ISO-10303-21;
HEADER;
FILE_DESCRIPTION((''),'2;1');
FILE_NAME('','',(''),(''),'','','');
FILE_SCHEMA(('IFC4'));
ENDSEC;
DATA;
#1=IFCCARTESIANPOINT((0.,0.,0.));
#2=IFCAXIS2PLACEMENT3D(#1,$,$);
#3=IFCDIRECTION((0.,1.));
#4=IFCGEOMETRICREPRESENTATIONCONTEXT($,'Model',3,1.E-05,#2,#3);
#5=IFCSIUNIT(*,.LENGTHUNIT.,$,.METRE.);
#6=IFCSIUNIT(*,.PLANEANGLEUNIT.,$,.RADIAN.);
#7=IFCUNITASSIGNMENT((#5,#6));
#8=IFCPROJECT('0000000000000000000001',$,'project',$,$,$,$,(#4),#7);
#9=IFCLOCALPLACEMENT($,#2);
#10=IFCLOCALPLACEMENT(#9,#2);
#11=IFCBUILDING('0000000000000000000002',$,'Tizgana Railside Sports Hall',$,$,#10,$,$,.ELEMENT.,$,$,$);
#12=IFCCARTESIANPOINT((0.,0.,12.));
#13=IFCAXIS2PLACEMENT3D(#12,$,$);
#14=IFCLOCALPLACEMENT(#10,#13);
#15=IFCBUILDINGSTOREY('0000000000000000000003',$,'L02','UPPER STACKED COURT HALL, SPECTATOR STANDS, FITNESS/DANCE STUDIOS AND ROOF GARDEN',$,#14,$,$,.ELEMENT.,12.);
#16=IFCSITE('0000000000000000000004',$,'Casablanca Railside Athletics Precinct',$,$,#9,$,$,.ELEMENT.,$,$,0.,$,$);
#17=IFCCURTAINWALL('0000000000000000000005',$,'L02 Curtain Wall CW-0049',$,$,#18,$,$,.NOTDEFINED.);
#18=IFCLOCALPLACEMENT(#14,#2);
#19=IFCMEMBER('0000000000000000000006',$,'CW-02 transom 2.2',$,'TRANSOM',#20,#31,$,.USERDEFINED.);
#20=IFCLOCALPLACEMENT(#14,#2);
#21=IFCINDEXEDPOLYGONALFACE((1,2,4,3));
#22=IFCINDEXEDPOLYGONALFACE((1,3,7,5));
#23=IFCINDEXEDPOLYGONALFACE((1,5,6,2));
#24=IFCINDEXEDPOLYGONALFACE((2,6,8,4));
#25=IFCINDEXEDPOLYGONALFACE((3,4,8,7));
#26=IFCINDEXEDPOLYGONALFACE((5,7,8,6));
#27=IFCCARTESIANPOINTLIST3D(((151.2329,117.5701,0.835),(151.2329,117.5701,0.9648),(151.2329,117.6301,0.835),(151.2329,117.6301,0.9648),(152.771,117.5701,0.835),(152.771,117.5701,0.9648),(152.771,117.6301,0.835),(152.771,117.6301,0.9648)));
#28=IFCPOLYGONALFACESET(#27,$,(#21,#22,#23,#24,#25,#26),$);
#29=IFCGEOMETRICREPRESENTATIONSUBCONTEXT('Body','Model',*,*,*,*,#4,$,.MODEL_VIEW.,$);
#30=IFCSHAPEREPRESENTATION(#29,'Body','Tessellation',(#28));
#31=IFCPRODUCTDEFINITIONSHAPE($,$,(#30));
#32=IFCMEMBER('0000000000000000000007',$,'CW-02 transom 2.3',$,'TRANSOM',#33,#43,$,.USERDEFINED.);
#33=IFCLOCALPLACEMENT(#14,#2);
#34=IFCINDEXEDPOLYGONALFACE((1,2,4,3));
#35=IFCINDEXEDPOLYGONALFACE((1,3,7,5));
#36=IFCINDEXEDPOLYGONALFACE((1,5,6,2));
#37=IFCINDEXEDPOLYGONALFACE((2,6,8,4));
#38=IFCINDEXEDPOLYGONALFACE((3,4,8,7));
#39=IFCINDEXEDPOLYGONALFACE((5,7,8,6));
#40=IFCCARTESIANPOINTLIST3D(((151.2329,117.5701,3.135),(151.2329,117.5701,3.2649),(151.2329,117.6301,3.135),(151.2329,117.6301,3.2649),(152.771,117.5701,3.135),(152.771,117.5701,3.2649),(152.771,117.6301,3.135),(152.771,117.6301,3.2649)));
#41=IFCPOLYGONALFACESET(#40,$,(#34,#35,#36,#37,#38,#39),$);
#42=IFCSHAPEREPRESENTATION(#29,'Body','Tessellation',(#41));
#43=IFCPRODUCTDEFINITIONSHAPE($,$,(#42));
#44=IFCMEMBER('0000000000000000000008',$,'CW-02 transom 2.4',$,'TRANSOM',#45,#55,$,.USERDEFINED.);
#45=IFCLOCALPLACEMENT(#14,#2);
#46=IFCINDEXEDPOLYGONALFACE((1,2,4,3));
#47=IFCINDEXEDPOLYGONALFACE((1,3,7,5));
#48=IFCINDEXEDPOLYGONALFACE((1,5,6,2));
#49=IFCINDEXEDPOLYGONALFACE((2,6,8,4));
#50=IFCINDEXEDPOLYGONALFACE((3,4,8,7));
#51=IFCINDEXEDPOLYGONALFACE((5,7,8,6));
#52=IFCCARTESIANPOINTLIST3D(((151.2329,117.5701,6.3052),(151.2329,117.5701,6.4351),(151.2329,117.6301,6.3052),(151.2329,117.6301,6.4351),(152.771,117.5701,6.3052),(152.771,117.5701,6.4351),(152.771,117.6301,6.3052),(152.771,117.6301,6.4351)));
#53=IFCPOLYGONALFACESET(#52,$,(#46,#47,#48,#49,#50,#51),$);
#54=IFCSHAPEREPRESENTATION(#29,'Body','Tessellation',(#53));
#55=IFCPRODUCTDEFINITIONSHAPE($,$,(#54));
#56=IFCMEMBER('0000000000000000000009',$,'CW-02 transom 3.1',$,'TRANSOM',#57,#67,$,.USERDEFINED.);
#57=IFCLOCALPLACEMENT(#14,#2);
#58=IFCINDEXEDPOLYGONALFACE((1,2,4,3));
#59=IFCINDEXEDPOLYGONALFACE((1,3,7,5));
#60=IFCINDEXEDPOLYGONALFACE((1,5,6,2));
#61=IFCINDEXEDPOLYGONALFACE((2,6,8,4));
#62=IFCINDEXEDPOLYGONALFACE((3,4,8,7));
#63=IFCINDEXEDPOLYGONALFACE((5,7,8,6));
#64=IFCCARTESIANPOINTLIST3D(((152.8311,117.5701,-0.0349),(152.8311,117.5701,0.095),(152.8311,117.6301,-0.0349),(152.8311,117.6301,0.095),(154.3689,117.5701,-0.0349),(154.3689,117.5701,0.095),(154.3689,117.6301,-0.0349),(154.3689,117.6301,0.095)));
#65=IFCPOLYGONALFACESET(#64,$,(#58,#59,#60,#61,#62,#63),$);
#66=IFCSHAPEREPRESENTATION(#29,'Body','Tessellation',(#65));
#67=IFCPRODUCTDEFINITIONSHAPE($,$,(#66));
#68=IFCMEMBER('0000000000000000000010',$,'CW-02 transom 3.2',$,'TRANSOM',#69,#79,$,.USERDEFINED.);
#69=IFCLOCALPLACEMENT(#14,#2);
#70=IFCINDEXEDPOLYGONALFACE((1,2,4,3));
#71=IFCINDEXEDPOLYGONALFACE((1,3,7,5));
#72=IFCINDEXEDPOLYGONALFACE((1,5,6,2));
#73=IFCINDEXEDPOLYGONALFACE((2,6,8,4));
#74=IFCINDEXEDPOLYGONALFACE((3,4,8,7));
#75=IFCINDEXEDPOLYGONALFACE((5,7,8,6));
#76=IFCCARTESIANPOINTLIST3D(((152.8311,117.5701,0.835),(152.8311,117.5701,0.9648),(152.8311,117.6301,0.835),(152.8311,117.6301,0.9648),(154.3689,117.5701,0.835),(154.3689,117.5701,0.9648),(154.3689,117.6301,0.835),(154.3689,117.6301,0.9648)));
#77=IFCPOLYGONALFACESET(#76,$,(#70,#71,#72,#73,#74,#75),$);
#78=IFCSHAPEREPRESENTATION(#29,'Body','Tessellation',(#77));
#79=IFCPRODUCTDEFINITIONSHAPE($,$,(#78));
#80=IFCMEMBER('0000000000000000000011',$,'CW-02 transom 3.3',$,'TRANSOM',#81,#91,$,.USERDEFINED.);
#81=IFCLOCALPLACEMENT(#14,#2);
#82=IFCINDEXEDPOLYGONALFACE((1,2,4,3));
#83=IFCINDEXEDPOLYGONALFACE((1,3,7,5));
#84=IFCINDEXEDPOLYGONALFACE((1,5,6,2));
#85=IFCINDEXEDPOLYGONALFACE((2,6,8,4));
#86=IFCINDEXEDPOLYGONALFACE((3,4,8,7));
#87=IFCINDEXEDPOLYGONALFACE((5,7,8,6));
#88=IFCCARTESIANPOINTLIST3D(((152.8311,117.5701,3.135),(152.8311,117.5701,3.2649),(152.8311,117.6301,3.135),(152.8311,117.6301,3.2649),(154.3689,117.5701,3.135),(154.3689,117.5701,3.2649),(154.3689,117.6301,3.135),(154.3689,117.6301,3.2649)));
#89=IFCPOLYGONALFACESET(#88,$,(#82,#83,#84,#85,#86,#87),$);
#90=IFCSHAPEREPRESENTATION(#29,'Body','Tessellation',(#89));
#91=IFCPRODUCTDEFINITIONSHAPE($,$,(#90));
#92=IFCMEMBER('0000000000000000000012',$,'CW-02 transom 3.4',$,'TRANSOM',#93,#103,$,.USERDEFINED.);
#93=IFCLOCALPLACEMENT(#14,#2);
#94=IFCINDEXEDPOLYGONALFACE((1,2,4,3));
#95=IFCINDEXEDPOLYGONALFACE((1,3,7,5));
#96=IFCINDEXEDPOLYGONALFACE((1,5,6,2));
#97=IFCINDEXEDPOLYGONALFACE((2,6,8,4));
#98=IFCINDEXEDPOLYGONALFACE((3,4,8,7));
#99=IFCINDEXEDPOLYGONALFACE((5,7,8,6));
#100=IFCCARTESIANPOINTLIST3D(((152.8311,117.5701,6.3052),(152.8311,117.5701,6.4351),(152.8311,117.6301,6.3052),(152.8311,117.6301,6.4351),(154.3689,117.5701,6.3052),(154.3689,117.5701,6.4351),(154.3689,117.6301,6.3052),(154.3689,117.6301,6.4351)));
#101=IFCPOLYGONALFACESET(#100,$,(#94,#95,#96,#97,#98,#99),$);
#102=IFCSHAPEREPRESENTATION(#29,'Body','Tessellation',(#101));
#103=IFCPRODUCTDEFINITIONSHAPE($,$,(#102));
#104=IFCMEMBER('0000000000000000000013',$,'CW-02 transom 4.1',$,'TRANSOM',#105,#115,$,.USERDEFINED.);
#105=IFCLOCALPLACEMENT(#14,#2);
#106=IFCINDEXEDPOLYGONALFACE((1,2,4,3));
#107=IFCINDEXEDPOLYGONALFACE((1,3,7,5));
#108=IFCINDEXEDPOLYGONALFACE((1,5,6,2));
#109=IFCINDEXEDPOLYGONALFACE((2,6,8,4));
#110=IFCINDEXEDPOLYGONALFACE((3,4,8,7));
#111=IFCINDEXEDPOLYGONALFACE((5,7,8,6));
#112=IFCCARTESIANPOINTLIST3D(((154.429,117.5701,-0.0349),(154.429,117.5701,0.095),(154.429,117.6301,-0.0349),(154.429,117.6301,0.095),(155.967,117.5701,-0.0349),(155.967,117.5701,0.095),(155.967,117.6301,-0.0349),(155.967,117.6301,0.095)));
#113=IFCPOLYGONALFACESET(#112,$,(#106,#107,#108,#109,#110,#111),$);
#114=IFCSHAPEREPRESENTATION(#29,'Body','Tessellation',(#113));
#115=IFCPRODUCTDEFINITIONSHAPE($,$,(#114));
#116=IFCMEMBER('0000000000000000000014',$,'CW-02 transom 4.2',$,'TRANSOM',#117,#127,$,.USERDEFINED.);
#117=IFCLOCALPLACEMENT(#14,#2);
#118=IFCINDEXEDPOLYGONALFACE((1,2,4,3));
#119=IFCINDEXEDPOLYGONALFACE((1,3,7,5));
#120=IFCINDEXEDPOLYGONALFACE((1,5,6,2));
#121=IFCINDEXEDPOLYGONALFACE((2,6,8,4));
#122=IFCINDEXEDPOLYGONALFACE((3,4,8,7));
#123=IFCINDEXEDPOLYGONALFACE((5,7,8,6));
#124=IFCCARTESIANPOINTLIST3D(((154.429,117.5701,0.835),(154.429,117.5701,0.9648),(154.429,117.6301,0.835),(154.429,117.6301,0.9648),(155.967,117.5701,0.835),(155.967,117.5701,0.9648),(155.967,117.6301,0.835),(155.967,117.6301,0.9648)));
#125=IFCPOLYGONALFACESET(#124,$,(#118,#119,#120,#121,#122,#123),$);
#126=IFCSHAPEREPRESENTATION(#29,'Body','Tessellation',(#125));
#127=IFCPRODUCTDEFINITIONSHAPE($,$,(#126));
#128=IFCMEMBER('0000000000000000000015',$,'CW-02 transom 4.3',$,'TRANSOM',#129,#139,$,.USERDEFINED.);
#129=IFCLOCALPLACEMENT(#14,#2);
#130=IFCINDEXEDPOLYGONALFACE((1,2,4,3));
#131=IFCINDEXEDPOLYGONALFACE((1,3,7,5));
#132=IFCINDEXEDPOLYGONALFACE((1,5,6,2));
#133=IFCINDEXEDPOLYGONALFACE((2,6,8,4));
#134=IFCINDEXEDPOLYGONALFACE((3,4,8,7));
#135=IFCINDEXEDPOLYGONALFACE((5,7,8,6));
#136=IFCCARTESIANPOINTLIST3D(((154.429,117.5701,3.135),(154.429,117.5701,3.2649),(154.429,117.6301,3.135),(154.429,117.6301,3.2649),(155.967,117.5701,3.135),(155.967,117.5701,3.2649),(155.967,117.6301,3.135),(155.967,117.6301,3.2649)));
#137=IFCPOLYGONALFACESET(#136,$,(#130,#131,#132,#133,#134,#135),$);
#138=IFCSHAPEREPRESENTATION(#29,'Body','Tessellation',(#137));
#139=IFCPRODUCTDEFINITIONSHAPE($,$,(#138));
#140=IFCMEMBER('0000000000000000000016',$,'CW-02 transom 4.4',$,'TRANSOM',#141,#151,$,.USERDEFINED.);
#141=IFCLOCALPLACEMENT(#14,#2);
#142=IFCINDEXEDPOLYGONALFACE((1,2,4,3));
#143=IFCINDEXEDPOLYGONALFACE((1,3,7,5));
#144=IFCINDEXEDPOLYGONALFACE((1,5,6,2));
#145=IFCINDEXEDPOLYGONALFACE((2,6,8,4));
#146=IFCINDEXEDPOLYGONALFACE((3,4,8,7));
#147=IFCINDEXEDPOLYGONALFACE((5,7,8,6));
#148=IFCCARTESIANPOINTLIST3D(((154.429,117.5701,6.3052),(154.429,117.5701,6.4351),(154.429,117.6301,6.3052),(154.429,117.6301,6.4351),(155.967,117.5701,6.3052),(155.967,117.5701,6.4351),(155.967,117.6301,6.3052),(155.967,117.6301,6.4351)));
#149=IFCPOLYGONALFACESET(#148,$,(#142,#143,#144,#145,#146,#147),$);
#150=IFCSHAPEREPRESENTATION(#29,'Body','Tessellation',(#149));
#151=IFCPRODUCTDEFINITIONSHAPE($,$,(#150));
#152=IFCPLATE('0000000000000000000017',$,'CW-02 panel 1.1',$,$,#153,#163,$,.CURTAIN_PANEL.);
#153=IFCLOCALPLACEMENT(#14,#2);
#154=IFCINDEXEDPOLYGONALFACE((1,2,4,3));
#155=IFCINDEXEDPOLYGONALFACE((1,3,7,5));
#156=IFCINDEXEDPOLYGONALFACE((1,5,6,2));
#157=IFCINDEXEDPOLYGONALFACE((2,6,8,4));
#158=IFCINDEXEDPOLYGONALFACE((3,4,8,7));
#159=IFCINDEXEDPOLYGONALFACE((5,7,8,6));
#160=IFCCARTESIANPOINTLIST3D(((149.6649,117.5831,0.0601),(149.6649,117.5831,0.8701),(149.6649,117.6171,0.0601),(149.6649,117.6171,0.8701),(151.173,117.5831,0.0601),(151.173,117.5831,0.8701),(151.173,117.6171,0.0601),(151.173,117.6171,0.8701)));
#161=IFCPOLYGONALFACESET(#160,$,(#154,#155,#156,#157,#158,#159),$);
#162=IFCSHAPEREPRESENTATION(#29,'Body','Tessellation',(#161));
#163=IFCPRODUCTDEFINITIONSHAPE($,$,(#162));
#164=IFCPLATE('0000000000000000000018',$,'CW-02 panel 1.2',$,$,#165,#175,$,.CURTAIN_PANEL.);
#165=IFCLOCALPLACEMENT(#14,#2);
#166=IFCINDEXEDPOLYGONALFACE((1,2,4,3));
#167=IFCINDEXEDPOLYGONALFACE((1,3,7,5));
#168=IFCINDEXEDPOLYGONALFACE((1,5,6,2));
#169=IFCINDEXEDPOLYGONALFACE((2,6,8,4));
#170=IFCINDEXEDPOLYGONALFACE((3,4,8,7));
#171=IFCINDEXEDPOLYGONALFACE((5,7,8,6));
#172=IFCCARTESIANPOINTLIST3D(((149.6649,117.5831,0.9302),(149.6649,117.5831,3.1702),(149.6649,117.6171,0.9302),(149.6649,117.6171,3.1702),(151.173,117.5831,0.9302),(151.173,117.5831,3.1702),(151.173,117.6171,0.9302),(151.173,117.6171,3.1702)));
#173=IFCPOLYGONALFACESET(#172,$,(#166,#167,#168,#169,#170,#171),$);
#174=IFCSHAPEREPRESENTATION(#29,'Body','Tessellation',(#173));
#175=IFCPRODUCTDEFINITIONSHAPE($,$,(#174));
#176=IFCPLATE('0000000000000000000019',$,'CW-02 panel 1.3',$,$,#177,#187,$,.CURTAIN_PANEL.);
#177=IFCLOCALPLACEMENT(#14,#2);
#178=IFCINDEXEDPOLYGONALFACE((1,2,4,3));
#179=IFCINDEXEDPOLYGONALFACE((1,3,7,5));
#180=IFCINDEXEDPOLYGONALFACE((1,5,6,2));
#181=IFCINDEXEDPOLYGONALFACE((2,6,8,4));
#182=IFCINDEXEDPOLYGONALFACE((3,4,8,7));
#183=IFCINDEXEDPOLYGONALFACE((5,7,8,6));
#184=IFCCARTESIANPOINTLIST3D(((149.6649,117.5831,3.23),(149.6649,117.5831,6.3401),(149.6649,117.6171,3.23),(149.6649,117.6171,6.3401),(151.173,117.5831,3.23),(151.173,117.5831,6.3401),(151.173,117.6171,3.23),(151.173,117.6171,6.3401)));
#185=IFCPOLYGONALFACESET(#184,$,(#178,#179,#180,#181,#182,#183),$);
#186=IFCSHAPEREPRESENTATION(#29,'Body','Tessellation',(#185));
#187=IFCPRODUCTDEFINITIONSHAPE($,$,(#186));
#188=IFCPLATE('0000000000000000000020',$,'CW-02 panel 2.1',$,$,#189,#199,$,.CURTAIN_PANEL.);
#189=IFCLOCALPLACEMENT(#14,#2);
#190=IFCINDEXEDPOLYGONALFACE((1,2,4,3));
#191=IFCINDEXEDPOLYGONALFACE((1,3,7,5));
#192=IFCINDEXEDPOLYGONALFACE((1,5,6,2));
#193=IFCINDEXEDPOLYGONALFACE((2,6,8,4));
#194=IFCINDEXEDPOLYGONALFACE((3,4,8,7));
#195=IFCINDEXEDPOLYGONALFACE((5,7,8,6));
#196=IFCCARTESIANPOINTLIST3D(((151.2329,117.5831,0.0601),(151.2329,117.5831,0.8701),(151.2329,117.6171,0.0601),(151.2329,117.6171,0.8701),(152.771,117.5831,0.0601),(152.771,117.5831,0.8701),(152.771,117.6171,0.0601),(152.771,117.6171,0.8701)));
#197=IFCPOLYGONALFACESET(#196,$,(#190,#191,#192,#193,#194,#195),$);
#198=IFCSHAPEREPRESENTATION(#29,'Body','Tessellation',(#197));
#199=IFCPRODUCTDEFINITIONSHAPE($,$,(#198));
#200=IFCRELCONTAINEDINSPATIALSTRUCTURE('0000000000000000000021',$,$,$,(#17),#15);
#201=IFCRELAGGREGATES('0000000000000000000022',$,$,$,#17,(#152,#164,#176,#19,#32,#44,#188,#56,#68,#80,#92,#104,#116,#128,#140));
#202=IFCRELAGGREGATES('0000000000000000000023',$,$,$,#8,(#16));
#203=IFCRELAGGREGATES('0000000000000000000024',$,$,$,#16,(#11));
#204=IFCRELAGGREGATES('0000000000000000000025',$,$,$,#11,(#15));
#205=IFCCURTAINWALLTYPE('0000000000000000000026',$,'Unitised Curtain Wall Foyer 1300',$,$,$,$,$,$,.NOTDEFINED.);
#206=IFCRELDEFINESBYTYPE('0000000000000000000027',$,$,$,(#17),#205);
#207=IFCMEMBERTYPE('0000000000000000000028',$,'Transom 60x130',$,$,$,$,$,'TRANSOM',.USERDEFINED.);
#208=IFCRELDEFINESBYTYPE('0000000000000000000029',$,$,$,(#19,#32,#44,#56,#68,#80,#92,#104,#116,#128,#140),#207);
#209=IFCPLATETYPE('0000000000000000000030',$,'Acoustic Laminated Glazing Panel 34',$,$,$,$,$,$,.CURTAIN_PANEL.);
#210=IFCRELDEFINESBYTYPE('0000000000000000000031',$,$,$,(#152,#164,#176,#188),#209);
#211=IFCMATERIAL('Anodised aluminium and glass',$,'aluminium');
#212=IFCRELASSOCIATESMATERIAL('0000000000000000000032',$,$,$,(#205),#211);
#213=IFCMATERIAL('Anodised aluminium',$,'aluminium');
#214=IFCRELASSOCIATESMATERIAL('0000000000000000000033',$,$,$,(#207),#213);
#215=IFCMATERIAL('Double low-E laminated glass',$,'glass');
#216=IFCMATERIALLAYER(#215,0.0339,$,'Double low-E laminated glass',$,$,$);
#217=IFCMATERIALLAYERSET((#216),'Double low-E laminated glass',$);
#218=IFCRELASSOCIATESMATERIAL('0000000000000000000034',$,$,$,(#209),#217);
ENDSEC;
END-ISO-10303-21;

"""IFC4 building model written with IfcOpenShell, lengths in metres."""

from ifc_helpers import new_model, si_unit, direction, frame, origin, origin_2d, place, context, subcontext, project, spatial, rectangle, extrude, material, layer, layer_set, material_profile, profile_set, type_object, element, aggregate, save


model = new_model("IFC4")

# Units and contexts
model_context = context("Model", 3, precision=1e-05, world=origin(), true_north=direction((0.0, 1.0)))
body_context = subcontext(model_context, "Body", "Model", "MODEL_VIEW")
ifc_project = project(units=[si_unit("LENGTHUNIT", "METRE"), si_unit("PLANEANGLEUNIT", "RADIAN")], contexts=[model_context])

# Site, building, storey
site_placement = place(None, origin())
site = spatial("IfcSite", under=ifc_project, at=site_placement, Name="Casablanca Railside Athletics Precinct", CompositionType="ELEMENT", RefElevation=0.0)
building_placement = place(site_placement, origin())
building = spatial("IfcBuilding", under=site, at=building_placement, Name="Tizgana Railside Sports Hall", CompositionType="ELEMENT")
storey_placement = place(building_placement, frame((0.0, 0.0, 12.0)))
storey = spatial("IfcBuildingStorey", under=building, at=storey_placement, Name="L02", Description="UPPER STACKED COURT HALL, SPECTATOR STANDS, FITNESS/DANCE STUDIOS AND ROOF GARDEN", CompositionType="ELEMENT", Elevation=12.0)

# Curtain wall
ifc_material_1 = material(Name="Anodised aluminium and glass", Category="aluminium")
curtain_wall_type_1 = type_object("IfcCurtainWallType", Name="Unitised Curtain Wall Foyer 1300", PredefinedType="NOTDEFINED", material=ifc_material_1)
curtain_wall_1_placement = place(storey_placement, origin())
curtain_wall_1 = element("IfcCurtainWall", 1, at=curtain_wall_1_placement, inside=storey, type_object=curtain_wall_type_1, Name="L02 Curtain Wall CW-0049", PredefinedType="NOTDEFINED")
ifc_material_2 = material(Name="Anodised aluminium", Category="aluminium")

# Members
ifc_material_profile_1 = material_profile(ifc_material_2, rectangle(XDim=0.0601, YDim=0.1299, at=origin_2d()), Name="Transom 60x130")
ifc_profile_set_1 = profile_set([ifc_material_profile_1], Name="Anodised aluminium")
member_type_1 = type_object("IfcMemberType", Name="Transom 60x130", ElementType="TRANSOM", PredefinedType="USERDEFINED", material=ifc_profile_set_1)
member_1_placement = place(storey_placement, frame((151.2329, 117.6001, 0.8999), z_axis=(1.0, 0.0, 0.0), x_axis=(0.0, 1.0, 0.0)))
member_1 = element("IfcMember", 2, at=member_1_placement, type_object=member_type_1, Name="CW-02 transom 2.2", ObjectType="TRANSOM", PredefinedType="USERDEFINED", context=body_context, shape_type="SweptSolid", body=[
    extrude(rectangle(XDim=0.0601, YDim=0.1299, at=origin_2d()), origin(), (0.0, 0.0, 1.0), 1.5381),
])
member_2_placement = place(storey_placement, frame((151.2329, 117.6001, 3.2), z_axis=(1.0, 0.0, 0.0), x_axis=(0.0, 1.0, 0.0)))
member_2 = element("IfcMember", 3, at=member_2_placement, type_object=member_type_1, Name="CW-02 transom 2.3", ObjectType="TRANSOM", PredefinedType="USERDEFINED", context=body_context, shape_type="SweptSolid", body=[
    extrude(rectangle(XDim=0.0601, YDim=0.1299, at=origin_2d()), origin(), (0.0, 0.0, 1.0), 1.5381),
])
member_3_placement = place(storey_placement, frame((151.2329, 117.6001, 6.3701), z_axis=(1.0, 0.0, 0.0), x_axis=(0.0, 1.0, 0.0)))
member_3 = element("IfcMember", 4, at=member_3_placement, type_object=member_type_1, Name="CW-02 transom 2.4", ObjectType="TRANSOM", PredefinedType="USERDEFINED", context=body_context, shape_type="SweptSolid", body=[
    extrude(rectangle(XDim=0.0601, YDim=0.1299, at=origin_2d()), origin(), (0.0, 0.0, 1.0), 1.5381),
])
member_4_placement = place(storey_placement, frame((152.8311, 117.6001, 0.03), z_axis=(1.0, 0.0, 0.0), x_axis=(0.0, 1.0, 0.0)))
member_4 = element("IfcMember", 5, at=member_4_placement, type_object=member_type_1, Name="CW-02 transom 3.1", ObjectType="TRANSOM", PredefinedType="USERDEFINED", context=body_context, shape_type="SweptSolid", body=[
    extrude(rectangle(XDim=0.0601, YDim=0.1299, at=origin_2d()), origin(), (0.0, 0.0, 1.0), 1.5378),
])
member_5_placement = place(storey_placement, frame((152.8311, 117.6001, 0.8999), z_axis=(1.0, 0.0, 0.0), x_axis=(0.0, 1.0, 0.0)))
member_5 = element("IfcMember", 6, at=member_5_placement, type_object=member_type_1, Name="CW-02 transom 3.2", ObjectType="TRANSOM", PredefinedType="USERDEFINED", context=body_context, shape_type="SweptSolid", body=[
    extrude(rectangle(XDim=0.0601, YDim=0.1299, at=origin_2d()), origin(), (0.0, 0.0, 1.0), 1.5378),
])
member_6_placement = place(storey_placement, frame((152.8311, 117.6001, 3.2), z_axis=(1.0, 0.0, 0.0), x_axis=(0.0, 1.0, 0.0)))
member_6 = element("IfcMember", 7, at=member_6_placement, type_object=member_type_1, Name="CW-02 transom 3.3", ObjectType="TRANSOM", PredefinedType="USERDEFINED", context=body_context, shape_type="SweptSolid", body=[
    extrude(rectangle(XDim=0.0601, YDim=0.1299, at=origin_2d()), origin(), (0.0, 0.0, 1.0), 1.5378),
])
member_7_placement = place(storey_placement, frame((152.8311, 117.6001, 6.3701), z_axis=(1.0, 0.0, 0.0), x_axis=(0.0, 1.0, 0.0)))
member_7 = element("IfcMember", 8, at=member_7_placement, type_object=member_type_1, Name="CW-02 transom 3.4", ObjectType="TRANSOM", PredefinedType="USERDEFINED", context=body_context, shape_type="SweptSolid", body=[
    extrude(rectangle(XDim=0.0601, YDim=0.1299, at=origin_2d()), origin(), (0.0, 0.0, 1.0), 1.5378),
])
member_8_placement = place(storey_placement, frame((154.429, 117.6001, 0.03), z_axis=(1.0, 0.0, 0.0), x_axis=(0.0, 1.0, 0.0)))
member_8 = element("IfcMember", 9, at=member_8_placement, type_object=member_type_1, Name="CW-02 transom 4.1", ObjectType="TRANSOM", PredefinedType="USERDEFINED", context=body_context, shape_type="SweptSolid", body=[
    extrude(rectangle(XDim=0.0601, YDim=0.1299, at=origin_2d()), origin(), (0.0, 0.0, 1.0), 1.5381),
])
member_9_placement = place(storey_placement, frame((154.429, 117.6001, 0.8999), z_axis=(1.0, 0.0, 0.0), x_axis=(0.0, 1.0, 0.0)))
member_9 = element("IfcMember", 10, at=member_9_placement, type_object=member_type_1, Name="CW-02 transom 4.2", ObjectType="TRANSOM", PredefinedType="USERDEFINED", context=body_context, shape_type="SweptSolid", body=[
    extrude(rectangle(XDim=0.0601, YDim=0.1299, at=origin_2d()), origin(), (0.0, 0.0, 1.0), 1.5381),
])
member_10_placement = place(storey_placement, frame((154.429, 117.6001, 3.2), z_axis=(1.0, 0.0, 0.0), x_axis=(0.0, 1.0, 0.0)))
member_10 = element("IfcMember", 11, at=member_10_placement, type_object=member_type_1, Name="CW-02 transom 4.3", ObjectType="TRANSOM", PredefinedType="USERDEFINED", context=body_context, shape_type="SweptSolid", body=[
    extrude(rectangle(XDim=0.0601, YDim=0.1299, at=origin_2d()), origin(), (0.0, 0.0, 1.0), 1.5381),
])
member_11_placement = place(storey_placement, frame((154.429, 117.6001, 6.3701), z_axis=(1.0, 0.0, 0.0), x_axis=(0.0, 1.0, 0.0)))
member_11 = element("IfcMember", 12, at=member_11_placement, type_object=member_type_1, Name="CW-02 transom 4.4", ObjectType="TRANSOM", PredefinedType="USERDEFINED", context=body_context, shape_type="SweptSolid", body=[
    extrude(rectangle(XDim=0.0601, YDim=0.1299, at=origin_2d()), origin(), (0.0, 0.0, 1.0), 1.5381),
])

# Plates
ifc_material_3 = material(Name="Double low-E laminated glass", Category="glass")
ifc_layer_1 = layer(ifc_material_3, 0.0339, Name="Double low-E laminated glass")
ifc_layer_set_1 = layer_set([ifc_layer_1], Name="Double low-E laminated glass")
plate_type_1 = type_object("IfcPlateType", Name="Acoustic Laminated Glazing Panel 34", PredefinedType="CURTAIN_PANEL", material=ifc_layer_set_1)
plate_1_placement = place(storey_placement, frame((150.4189, 117.6001, 0.0601), z_axis=(0.0, 0.0, 1.0), x_axis=(1.0, 0.0, 0.0)))
plate_1 = element("IfcPlate", 13, at=plate_1_placement, type_object=plate_type_1, Name="CW-02 panel 1.1", PredefinedType="CURTAIN_PANEL", context=body_context, shape_type="SweptSolid", body=[
    extrude(rectangle(XDim=1.5081, YDim=0.0339, at=origin_2d()), origin(), (0.0, 0.0, 1.0), 0.8101),
])
plate_2_placement = place(storey_placement, frame((150.4189, 117.6001, 0.9302), z_axis=(0.0, 0.0, 1.0), x_axis=(1.0, 0.0, 0.0)))
plate_2 = element("IfcPlate", 14, at=plate_2_placement, type_object=plate_type_1, Name="CW-02 panel 1.2", PredefinedType="CURTAIN_PANEL", context=body_context, shape_type="SweptSolid", body=[
    extrude(rectangle(XDim=1.5081, YDim=0.0339, at=origin_2d()), origin(), (0.0, 0.0, 1.0), 2.24),
])
plate_3_placement = place(storey_placement, frame((150.4189, 117.6001, 3.23), z_axis=(0.0, 0.0, 1.0), x_axis=(1.0, 0.0, 0.0)))
plate_3 = element("IfcPlate", 15, at=plate_3_placement, type_object=plate_type_1, Name="CW-02 panel 1.3", PredefinedType="CURTAIN_PANEL", context=body_context, shape_type="SweptSolid", body=[
    extrude(rectangle(XDim=1.5081, YDim=0.0339, at=origin_2d()), origin(), (0.0, 0.0, 1.0), 3.1101),
])
plate_4_placement = place(storey_placement, frame((152.002, 117.6001, 0.0601), z_axis=(0.0, 0.0, 1.0), x_axis=(1.0, 0.0, 0.0)))
plate_4 = element("IfcPlate", 16, at=plate_4_placement, type_object=plate_type_1, Name="CW-02 panel 2.1", PredefinedType="CURTAIN_PANEL", context=body_context, shape_type="SweptSolid", body=[
    extrude(rectangle(XDim=1.5381, YDim=0.0339, at=origin_2d()), origin(), (0.0, 0.0, 1.0), 0.8101),
])
aggregate(curtain_wall_1, [plate_1, plate_2, plate_3, member_1, member_2, member_3, plate_4, member_4, member_5, member_6, member_7, member_8, member_9, member_10, member_11])

save(model, "model.ifc")
